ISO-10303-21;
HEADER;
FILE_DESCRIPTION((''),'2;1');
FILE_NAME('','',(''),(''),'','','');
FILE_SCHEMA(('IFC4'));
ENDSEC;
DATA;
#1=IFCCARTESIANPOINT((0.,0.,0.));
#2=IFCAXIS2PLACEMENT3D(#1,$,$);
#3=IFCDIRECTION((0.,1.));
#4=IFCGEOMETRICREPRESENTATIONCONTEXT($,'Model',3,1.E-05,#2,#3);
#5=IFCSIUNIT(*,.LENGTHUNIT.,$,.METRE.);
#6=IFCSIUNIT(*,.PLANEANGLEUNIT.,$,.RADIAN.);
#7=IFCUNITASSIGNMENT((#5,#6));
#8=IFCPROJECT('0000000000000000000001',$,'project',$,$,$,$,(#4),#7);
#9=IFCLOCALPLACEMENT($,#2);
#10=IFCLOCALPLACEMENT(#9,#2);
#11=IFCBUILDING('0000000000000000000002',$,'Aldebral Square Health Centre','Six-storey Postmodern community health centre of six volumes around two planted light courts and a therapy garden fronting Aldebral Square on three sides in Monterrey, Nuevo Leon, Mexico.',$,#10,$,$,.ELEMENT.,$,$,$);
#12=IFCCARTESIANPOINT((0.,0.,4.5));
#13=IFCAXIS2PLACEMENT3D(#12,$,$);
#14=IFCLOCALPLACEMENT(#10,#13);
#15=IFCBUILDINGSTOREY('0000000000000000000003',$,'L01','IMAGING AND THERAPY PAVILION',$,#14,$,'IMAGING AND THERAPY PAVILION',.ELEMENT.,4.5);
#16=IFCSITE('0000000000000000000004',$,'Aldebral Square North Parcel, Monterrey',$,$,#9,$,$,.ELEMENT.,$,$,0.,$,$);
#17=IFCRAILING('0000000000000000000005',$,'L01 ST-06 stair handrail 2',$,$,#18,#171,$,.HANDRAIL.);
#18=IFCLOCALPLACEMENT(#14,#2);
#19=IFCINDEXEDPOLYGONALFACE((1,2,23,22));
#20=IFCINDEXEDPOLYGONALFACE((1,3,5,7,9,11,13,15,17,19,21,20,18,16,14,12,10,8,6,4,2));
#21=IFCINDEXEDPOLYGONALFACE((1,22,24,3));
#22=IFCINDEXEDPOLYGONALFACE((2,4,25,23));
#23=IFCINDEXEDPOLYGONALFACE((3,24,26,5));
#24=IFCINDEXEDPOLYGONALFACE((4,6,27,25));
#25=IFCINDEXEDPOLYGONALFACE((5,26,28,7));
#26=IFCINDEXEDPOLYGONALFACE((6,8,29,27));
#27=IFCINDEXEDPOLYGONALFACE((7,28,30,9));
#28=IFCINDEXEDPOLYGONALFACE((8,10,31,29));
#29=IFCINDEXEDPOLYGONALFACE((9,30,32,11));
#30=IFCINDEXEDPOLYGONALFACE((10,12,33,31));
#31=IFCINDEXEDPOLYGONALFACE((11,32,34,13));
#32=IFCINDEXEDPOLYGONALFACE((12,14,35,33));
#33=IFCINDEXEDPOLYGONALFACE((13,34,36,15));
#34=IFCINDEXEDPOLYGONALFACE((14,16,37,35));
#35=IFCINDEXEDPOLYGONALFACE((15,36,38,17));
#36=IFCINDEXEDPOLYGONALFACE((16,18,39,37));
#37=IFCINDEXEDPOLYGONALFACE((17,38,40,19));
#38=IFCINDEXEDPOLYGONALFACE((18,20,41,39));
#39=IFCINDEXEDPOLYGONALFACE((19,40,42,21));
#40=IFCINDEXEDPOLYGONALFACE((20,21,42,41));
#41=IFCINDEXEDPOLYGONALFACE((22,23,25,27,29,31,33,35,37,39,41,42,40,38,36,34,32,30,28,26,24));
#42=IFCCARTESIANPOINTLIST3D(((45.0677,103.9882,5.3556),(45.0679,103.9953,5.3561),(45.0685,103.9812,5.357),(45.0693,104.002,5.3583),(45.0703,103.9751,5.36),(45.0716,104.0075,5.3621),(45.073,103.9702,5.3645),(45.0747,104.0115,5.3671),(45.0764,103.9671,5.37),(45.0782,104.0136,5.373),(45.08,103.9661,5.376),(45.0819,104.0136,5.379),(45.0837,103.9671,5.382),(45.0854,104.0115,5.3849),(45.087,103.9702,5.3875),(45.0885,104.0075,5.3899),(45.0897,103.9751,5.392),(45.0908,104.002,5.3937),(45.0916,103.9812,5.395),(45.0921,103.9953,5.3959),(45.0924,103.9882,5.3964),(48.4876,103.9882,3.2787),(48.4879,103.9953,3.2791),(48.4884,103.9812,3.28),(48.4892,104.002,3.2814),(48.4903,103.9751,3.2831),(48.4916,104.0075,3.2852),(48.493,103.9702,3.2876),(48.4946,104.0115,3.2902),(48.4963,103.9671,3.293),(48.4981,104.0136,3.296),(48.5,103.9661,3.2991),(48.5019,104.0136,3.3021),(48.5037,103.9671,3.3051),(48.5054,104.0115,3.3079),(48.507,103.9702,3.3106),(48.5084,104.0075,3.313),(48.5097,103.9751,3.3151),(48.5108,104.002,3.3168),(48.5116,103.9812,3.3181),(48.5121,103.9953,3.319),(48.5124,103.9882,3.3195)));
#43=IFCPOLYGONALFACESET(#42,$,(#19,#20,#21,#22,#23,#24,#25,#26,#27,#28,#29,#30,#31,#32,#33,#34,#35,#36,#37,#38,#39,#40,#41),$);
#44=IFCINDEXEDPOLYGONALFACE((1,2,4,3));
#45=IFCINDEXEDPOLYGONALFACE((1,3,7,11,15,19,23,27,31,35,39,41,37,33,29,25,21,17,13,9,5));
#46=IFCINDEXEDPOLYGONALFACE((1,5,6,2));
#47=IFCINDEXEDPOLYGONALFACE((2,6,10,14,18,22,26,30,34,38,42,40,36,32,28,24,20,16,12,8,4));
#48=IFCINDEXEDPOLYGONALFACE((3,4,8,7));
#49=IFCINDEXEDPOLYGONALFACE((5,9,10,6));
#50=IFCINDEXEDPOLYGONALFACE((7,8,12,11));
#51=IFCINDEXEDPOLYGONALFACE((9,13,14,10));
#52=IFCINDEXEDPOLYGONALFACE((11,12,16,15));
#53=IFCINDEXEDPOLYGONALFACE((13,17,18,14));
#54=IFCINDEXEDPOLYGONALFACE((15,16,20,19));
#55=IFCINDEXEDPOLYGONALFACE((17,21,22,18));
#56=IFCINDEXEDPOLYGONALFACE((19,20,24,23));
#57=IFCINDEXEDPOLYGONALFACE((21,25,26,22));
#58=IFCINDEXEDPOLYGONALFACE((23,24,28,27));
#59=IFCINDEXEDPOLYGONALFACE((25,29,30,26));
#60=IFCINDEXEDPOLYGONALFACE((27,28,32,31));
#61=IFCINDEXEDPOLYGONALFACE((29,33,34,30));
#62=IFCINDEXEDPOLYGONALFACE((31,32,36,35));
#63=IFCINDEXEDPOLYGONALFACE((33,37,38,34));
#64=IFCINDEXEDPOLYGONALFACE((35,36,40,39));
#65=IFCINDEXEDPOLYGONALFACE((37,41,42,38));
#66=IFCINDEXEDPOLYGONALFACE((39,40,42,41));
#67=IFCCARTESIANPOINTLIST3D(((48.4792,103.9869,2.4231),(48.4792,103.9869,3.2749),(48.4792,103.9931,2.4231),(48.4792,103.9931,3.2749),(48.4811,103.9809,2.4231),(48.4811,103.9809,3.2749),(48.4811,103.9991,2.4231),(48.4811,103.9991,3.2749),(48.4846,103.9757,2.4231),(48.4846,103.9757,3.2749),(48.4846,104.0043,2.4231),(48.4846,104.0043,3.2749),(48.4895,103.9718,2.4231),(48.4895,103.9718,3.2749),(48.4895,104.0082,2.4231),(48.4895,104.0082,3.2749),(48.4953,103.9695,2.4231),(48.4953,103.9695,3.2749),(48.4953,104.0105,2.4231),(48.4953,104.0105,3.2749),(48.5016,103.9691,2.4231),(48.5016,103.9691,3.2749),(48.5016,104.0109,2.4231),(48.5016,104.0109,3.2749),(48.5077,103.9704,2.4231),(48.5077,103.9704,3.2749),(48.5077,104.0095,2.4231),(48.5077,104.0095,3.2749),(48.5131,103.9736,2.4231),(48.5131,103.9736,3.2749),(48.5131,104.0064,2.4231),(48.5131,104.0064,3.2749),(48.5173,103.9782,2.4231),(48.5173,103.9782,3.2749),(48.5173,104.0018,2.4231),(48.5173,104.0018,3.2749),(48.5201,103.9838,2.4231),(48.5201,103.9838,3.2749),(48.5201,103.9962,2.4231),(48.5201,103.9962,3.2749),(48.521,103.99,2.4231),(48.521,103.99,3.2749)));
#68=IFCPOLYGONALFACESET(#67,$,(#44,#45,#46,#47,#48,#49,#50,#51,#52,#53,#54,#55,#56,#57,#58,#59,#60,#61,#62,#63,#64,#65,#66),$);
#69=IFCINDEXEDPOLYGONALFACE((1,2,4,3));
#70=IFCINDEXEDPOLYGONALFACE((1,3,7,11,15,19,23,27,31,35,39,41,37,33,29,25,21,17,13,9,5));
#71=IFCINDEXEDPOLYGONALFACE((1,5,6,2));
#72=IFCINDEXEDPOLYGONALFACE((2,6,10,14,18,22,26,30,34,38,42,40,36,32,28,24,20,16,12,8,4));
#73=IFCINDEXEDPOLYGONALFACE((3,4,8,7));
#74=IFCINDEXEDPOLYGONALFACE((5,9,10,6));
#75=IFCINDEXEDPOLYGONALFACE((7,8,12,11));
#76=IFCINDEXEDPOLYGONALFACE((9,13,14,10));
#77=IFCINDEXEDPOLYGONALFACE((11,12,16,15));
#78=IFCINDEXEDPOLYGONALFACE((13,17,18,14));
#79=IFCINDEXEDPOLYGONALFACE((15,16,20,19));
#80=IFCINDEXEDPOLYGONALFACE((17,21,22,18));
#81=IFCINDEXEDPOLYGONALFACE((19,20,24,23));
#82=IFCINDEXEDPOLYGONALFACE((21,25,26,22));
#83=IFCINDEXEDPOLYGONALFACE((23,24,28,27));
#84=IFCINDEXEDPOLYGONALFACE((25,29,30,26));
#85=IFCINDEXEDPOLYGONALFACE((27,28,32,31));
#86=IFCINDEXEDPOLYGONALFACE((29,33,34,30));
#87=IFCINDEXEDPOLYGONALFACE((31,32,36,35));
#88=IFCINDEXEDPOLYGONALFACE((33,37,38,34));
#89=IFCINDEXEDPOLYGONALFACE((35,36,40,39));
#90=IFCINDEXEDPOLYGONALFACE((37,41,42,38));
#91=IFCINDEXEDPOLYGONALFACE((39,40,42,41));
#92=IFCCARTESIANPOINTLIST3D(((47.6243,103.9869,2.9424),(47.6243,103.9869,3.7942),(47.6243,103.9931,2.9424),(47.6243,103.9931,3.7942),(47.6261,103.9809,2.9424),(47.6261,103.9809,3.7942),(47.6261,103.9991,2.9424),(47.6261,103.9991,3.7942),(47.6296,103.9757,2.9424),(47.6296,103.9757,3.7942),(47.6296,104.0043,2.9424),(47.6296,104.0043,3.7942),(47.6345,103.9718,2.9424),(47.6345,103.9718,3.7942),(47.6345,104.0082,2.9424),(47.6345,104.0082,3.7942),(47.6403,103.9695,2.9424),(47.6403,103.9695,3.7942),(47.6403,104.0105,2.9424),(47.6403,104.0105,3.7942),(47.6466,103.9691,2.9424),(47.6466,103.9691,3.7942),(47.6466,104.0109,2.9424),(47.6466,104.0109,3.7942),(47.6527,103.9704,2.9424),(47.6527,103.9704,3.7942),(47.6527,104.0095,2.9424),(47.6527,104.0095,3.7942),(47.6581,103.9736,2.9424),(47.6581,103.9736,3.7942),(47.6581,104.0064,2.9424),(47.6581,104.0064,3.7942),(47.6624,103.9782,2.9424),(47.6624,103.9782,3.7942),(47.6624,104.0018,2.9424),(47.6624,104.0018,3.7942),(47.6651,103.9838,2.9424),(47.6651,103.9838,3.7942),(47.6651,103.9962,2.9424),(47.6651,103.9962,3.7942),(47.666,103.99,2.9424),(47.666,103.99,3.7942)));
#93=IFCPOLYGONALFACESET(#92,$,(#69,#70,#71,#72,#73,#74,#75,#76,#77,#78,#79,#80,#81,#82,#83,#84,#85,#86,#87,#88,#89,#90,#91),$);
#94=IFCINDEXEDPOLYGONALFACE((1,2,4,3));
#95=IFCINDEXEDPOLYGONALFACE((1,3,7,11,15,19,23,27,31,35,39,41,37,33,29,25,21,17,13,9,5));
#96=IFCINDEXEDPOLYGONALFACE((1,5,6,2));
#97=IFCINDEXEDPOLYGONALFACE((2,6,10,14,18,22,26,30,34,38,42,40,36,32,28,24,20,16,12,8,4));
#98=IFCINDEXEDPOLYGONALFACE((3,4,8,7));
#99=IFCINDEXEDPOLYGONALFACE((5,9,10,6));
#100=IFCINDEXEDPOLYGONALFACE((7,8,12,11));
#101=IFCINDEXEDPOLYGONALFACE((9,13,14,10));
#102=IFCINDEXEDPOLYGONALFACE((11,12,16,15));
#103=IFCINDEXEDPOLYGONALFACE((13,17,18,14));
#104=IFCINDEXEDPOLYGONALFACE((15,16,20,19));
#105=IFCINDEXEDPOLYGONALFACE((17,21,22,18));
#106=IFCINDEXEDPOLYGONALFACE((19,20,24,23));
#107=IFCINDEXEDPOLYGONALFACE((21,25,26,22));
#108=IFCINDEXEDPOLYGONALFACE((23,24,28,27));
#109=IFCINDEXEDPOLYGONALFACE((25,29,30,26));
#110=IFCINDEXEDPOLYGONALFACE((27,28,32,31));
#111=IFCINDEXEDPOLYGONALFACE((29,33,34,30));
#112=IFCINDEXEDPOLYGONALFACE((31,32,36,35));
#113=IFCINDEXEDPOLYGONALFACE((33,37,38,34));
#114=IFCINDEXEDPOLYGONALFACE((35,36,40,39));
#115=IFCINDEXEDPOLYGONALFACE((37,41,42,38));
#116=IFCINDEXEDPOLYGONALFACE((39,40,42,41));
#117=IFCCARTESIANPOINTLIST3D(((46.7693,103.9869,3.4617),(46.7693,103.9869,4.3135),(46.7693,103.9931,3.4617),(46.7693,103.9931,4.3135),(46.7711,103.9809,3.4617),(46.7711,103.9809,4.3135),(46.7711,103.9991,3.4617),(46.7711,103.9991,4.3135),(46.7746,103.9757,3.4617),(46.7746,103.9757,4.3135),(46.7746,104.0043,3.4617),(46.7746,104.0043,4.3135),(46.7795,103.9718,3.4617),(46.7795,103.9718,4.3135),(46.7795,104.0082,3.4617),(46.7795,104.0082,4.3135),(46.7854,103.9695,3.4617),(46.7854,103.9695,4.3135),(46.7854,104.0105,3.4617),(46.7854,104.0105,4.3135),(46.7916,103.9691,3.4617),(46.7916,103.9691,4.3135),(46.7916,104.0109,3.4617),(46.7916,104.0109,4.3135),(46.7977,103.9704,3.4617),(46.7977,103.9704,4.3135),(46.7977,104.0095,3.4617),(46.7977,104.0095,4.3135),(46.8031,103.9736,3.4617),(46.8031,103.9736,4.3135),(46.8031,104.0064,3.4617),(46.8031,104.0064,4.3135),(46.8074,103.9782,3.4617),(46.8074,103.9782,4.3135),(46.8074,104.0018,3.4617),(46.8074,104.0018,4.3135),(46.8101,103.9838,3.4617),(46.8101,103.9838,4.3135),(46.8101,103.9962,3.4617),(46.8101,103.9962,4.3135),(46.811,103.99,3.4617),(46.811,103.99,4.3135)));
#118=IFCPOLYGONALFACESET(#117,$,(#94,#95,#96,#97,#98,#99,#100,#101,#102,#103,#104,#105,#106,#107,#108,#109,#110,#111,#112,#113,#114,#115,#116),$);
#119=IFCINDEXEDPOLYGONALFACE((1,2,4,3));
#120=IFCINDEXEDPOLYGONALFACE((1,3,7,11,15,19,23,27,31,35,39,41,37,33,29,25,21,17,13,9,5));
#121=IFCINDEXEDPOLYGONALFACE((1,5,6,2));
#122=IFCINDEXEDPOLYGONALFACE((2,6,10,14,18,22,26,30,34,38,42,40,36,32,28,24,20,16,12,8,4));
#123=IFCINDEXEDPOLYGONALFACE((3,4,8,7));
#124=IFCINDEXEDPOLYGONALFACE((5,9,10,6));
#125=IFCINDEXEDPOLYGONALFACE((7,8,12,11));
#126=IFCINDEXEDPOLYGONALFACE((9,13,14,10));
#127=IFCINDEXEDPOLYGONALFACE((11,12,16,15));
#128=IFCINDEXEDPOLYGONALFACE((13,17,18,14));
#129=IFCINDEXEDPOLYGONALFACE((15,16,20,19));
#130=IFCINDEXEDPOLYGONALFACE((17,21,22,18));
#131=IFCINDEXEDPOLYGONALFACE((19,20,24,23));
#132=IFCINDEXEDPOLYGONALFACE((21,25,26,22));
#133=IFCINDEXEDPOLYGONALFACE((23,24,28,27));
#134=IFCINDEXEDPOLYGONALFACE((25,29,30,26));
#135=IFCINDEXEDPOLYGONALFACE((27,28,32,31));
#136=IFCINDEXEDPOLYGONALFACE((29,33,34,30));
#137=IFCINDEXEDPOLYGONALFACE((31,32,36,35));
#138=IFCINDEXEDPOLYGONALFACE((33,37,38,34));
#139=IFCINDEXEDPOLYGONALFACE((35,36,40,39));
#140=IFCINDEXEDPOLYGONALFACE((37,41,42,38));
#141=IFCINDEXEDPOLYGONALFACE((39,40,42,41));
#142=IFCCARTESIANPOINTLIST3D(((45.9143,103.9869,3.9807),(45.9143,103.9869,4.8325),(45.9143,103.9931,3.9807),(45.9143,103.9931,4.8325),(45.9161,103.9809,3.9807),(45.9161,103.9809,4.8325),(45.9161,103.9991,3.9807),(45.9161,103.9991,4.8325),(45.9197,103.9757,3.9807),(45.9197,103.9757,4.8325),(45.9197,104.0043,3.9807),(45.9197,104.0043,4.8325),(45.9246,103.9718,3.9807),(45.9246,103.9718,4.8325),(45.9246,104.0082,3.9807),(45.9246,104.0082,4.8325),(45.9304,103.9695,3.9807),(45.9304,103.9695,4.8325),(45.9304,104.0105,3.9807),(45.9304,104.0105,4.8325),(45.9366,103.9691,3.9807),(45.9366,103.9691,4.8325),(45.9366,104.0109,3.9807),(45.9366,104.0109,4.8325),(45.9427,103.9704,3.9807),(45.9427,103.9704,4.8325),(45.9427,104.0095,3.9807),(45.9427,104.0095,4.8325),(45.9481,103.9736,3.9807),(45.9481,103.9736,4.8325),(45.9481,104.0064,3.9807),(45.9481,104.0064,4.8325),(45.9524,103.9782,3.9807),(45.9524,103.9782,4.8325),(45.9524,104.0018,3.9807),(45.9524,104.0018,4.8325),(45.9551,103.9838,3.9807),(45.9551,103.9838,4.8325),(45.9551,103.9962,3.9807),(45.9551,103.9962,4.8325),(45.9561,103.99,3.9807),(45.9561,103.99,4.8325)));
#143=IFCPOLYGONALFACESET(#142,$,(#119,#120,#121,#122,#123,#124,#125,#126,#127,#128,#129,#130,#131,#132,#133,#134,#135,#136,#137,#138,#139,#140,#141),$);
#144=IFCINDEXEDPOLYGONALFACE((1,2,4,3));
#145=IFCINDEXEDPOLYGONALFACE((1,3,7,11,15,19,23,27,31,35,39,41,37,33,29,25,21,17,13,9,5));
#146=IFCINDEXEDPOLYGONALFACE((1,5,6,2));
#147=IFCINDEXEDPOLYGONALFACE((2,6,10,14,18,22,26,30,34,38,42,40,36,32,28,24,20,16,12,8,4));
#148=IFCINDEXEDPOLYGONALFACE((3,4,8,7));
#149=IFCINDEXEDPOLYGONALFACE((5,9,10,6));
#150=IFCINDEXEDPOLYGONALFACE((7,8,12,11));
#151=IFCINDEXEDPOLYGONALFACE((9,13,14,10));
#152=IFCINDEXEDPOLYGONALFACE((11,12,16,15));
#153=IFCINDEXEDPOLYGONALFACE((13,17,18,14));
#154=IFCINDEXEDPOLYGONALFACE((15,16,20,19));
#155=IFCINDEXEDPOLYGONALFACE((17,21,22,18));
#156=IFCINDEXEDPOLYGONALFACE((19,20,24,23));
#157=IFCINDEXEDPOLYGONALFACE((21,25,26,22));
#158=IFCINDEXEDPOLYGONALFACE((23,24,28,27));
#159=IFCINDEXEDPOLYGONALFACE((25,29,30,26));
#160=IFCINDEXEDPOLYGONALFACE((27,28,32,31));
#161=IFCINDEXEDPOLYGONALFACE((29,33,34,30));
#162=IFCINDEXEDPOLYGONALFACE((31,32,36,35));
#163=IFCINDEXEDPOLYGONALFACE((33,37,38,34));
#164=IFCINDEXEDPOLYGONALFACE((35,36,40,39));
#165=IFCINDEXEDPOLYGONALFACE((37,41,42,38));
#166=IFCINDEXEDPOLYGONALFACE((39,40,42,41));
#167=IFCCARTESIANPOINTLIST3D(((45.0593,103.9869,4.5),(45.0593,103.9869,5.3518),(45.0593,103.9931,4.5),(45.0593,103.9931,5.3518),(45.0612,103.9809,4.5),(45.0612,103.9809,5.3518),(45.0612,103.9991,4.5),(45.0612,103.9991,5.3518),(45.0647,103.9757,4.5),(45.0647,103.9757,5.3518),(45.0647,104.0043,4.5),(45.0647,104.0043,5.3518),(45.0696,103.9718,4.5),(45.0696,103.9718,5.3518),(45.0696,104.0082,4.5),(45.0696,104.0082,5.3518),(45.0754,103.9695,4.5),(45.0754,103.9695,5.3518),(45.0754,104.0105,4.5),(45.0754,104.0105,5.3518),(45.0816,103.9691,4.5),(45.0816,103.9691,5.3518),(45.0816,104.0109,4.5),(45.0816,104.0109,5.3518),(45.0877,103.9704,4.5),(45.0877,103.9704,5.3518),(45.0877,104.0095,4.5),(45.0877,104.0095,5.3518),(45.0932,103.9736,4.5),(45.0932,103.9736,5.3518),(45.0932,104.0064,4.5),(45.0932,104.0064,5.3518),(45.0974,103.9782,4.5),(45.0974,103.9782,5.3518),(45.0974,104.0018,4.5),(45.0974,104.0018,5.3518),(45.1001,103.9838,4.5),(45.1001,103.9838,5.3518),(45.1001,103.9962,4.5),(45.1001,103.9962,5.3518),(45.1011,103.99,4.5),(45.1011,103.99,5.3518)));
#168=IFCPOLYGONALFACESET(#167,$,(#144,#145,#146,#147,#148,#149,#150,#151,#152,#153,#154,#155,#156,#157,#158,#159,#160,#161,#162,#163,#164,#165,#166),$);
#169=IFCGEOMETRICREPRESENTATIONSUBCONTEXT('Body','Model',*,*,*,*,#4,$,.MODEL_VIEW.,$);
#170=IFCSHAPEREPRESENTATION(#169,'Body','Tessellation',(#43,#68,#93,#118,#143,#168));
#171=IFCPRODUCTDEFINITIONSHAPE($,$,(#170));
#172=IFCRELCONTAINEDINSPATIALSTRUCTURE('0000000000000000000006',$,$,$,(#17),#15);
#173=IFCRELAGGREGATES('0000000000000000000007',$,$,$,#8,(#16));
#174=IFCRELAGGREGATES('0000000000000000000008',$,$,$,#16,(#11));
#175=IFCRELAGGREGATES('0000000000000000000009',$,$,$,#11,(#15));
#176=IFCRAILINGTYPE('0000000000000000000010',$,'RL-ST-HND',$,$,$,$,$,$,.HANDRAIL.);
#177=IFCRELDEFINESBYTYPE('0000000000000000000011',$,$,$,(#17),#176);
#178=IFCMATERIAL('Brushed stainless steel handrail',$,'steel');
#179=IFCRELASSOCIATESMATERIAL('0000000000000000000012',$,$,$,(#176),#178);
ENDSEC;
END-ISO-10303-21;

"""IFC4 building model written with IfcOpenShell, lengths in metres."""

from ifc_helpers import new_model, si_unit, direction, frame, origin, origin_2d, place, context, subcontext, project, spatial, circle, extrude, material, type_object, element, save


model = new_model("IFC4")

# Units and contexts
model_context = context("Model", 3, precision=1e-05, world=origin(), true_north=direction((0.0, 1.0)))
body_context = subcontext(model_context, "Body", "Model", "MODEL_VIEW")
ifc_project = project(units=[si_unit("LENGTHUNIT", "METRE"), si_unit("PLANEANGLEUNIT", "RADIAN")], contexts=[model_context])

# Site, building, storey
site_placement = place(None, origin())
site = spatial("IfcSite", under=ifc_project, at=site_placement, Name="Aldebral Square North Parcel, Monterrey", CompositionType="ELEMENT", RefElevation=0.0)
building_placement = place(site_placement, origin())
building = spatial("IfcBuilding", under=site, at=building_placement, Name="Aldebral Square Health Centre", Description="Six-storey Postmodern community health centre of six volumes around two planted light courts and a therapy garden fronting Aldebral Square on three sides in Monterrey, Nuevo Leon, Mexico.", CompositionType="ELEMENT")
storey_placement = place(building_placement, frame((0.0, 0.0, 4.5)))
storey = spatial("IfcBuildingStorey", under=building, at=storey_placement, Name="L01", Description="IMAGING AND THERAPY PAVILION", LongName="IMAGING AND THERAPY PAVILION", CompositionType="ELEMENT", Elevation=4.5)

# Railing
ifc_material_1 = material(Name="Brushed stainless steel handrail", Category="steel")
railing_type_1 = type_object("IfcRailingType", Name="RL-ST-HND", PredefinedType="HANDRAIL", material=ifc_material_1)
railing_1_placement = place(storey_placement, frame((48.5, 103.99, 2.4231)))
element("IfcRailing", 1, at=railing_1_placement, inside=storey, type_object=railing_type_1, Name="L01 ST-06 stair handrail 2", PredefinedType="HANDRAIL", context=body_context, shape_type="SweptSolid", body=[
    extrude(circle(Radius=0.0239, at=origin_2d()), frame((0.0, 0.0, 0.876), z_axis=(-0.85473, 0.0, 0.519074), x_axis=(0.0, -1.0, 0.0)), (0.0, 0.0, 1.0), 4.0012),
    extrude(circle(Radius=0.021, at=origin_2d()), origin(), (0.0, 0.0, 1.0), 0.8518),
    extrude(circle(Radius=0.021, at=origin_2d()), frame((-0.855, 0.0, 0.5193)), (0.0, 0.0, 1.0), 0.8518),
    extrude(circle(Radius=0.021, at=origin_2d()), frame((-1.71, 0.0, 1.0386)), (0.0, 0.0, 1.0), 0.8518),
    extrude(circle(Radius=0.021, at=origin_2d()), frame((-2.5649, 0.0, 1.5576)), (0.0, 0.0, 1.0), 0.8518),
    extrude(circle(Radius=0.021, at=origin_2d()), frame((-3.4199, 0.0, 2.0769)), (0.0, 0.0, 1.0), 0.8518),
])

save(model, "model.ifc")
